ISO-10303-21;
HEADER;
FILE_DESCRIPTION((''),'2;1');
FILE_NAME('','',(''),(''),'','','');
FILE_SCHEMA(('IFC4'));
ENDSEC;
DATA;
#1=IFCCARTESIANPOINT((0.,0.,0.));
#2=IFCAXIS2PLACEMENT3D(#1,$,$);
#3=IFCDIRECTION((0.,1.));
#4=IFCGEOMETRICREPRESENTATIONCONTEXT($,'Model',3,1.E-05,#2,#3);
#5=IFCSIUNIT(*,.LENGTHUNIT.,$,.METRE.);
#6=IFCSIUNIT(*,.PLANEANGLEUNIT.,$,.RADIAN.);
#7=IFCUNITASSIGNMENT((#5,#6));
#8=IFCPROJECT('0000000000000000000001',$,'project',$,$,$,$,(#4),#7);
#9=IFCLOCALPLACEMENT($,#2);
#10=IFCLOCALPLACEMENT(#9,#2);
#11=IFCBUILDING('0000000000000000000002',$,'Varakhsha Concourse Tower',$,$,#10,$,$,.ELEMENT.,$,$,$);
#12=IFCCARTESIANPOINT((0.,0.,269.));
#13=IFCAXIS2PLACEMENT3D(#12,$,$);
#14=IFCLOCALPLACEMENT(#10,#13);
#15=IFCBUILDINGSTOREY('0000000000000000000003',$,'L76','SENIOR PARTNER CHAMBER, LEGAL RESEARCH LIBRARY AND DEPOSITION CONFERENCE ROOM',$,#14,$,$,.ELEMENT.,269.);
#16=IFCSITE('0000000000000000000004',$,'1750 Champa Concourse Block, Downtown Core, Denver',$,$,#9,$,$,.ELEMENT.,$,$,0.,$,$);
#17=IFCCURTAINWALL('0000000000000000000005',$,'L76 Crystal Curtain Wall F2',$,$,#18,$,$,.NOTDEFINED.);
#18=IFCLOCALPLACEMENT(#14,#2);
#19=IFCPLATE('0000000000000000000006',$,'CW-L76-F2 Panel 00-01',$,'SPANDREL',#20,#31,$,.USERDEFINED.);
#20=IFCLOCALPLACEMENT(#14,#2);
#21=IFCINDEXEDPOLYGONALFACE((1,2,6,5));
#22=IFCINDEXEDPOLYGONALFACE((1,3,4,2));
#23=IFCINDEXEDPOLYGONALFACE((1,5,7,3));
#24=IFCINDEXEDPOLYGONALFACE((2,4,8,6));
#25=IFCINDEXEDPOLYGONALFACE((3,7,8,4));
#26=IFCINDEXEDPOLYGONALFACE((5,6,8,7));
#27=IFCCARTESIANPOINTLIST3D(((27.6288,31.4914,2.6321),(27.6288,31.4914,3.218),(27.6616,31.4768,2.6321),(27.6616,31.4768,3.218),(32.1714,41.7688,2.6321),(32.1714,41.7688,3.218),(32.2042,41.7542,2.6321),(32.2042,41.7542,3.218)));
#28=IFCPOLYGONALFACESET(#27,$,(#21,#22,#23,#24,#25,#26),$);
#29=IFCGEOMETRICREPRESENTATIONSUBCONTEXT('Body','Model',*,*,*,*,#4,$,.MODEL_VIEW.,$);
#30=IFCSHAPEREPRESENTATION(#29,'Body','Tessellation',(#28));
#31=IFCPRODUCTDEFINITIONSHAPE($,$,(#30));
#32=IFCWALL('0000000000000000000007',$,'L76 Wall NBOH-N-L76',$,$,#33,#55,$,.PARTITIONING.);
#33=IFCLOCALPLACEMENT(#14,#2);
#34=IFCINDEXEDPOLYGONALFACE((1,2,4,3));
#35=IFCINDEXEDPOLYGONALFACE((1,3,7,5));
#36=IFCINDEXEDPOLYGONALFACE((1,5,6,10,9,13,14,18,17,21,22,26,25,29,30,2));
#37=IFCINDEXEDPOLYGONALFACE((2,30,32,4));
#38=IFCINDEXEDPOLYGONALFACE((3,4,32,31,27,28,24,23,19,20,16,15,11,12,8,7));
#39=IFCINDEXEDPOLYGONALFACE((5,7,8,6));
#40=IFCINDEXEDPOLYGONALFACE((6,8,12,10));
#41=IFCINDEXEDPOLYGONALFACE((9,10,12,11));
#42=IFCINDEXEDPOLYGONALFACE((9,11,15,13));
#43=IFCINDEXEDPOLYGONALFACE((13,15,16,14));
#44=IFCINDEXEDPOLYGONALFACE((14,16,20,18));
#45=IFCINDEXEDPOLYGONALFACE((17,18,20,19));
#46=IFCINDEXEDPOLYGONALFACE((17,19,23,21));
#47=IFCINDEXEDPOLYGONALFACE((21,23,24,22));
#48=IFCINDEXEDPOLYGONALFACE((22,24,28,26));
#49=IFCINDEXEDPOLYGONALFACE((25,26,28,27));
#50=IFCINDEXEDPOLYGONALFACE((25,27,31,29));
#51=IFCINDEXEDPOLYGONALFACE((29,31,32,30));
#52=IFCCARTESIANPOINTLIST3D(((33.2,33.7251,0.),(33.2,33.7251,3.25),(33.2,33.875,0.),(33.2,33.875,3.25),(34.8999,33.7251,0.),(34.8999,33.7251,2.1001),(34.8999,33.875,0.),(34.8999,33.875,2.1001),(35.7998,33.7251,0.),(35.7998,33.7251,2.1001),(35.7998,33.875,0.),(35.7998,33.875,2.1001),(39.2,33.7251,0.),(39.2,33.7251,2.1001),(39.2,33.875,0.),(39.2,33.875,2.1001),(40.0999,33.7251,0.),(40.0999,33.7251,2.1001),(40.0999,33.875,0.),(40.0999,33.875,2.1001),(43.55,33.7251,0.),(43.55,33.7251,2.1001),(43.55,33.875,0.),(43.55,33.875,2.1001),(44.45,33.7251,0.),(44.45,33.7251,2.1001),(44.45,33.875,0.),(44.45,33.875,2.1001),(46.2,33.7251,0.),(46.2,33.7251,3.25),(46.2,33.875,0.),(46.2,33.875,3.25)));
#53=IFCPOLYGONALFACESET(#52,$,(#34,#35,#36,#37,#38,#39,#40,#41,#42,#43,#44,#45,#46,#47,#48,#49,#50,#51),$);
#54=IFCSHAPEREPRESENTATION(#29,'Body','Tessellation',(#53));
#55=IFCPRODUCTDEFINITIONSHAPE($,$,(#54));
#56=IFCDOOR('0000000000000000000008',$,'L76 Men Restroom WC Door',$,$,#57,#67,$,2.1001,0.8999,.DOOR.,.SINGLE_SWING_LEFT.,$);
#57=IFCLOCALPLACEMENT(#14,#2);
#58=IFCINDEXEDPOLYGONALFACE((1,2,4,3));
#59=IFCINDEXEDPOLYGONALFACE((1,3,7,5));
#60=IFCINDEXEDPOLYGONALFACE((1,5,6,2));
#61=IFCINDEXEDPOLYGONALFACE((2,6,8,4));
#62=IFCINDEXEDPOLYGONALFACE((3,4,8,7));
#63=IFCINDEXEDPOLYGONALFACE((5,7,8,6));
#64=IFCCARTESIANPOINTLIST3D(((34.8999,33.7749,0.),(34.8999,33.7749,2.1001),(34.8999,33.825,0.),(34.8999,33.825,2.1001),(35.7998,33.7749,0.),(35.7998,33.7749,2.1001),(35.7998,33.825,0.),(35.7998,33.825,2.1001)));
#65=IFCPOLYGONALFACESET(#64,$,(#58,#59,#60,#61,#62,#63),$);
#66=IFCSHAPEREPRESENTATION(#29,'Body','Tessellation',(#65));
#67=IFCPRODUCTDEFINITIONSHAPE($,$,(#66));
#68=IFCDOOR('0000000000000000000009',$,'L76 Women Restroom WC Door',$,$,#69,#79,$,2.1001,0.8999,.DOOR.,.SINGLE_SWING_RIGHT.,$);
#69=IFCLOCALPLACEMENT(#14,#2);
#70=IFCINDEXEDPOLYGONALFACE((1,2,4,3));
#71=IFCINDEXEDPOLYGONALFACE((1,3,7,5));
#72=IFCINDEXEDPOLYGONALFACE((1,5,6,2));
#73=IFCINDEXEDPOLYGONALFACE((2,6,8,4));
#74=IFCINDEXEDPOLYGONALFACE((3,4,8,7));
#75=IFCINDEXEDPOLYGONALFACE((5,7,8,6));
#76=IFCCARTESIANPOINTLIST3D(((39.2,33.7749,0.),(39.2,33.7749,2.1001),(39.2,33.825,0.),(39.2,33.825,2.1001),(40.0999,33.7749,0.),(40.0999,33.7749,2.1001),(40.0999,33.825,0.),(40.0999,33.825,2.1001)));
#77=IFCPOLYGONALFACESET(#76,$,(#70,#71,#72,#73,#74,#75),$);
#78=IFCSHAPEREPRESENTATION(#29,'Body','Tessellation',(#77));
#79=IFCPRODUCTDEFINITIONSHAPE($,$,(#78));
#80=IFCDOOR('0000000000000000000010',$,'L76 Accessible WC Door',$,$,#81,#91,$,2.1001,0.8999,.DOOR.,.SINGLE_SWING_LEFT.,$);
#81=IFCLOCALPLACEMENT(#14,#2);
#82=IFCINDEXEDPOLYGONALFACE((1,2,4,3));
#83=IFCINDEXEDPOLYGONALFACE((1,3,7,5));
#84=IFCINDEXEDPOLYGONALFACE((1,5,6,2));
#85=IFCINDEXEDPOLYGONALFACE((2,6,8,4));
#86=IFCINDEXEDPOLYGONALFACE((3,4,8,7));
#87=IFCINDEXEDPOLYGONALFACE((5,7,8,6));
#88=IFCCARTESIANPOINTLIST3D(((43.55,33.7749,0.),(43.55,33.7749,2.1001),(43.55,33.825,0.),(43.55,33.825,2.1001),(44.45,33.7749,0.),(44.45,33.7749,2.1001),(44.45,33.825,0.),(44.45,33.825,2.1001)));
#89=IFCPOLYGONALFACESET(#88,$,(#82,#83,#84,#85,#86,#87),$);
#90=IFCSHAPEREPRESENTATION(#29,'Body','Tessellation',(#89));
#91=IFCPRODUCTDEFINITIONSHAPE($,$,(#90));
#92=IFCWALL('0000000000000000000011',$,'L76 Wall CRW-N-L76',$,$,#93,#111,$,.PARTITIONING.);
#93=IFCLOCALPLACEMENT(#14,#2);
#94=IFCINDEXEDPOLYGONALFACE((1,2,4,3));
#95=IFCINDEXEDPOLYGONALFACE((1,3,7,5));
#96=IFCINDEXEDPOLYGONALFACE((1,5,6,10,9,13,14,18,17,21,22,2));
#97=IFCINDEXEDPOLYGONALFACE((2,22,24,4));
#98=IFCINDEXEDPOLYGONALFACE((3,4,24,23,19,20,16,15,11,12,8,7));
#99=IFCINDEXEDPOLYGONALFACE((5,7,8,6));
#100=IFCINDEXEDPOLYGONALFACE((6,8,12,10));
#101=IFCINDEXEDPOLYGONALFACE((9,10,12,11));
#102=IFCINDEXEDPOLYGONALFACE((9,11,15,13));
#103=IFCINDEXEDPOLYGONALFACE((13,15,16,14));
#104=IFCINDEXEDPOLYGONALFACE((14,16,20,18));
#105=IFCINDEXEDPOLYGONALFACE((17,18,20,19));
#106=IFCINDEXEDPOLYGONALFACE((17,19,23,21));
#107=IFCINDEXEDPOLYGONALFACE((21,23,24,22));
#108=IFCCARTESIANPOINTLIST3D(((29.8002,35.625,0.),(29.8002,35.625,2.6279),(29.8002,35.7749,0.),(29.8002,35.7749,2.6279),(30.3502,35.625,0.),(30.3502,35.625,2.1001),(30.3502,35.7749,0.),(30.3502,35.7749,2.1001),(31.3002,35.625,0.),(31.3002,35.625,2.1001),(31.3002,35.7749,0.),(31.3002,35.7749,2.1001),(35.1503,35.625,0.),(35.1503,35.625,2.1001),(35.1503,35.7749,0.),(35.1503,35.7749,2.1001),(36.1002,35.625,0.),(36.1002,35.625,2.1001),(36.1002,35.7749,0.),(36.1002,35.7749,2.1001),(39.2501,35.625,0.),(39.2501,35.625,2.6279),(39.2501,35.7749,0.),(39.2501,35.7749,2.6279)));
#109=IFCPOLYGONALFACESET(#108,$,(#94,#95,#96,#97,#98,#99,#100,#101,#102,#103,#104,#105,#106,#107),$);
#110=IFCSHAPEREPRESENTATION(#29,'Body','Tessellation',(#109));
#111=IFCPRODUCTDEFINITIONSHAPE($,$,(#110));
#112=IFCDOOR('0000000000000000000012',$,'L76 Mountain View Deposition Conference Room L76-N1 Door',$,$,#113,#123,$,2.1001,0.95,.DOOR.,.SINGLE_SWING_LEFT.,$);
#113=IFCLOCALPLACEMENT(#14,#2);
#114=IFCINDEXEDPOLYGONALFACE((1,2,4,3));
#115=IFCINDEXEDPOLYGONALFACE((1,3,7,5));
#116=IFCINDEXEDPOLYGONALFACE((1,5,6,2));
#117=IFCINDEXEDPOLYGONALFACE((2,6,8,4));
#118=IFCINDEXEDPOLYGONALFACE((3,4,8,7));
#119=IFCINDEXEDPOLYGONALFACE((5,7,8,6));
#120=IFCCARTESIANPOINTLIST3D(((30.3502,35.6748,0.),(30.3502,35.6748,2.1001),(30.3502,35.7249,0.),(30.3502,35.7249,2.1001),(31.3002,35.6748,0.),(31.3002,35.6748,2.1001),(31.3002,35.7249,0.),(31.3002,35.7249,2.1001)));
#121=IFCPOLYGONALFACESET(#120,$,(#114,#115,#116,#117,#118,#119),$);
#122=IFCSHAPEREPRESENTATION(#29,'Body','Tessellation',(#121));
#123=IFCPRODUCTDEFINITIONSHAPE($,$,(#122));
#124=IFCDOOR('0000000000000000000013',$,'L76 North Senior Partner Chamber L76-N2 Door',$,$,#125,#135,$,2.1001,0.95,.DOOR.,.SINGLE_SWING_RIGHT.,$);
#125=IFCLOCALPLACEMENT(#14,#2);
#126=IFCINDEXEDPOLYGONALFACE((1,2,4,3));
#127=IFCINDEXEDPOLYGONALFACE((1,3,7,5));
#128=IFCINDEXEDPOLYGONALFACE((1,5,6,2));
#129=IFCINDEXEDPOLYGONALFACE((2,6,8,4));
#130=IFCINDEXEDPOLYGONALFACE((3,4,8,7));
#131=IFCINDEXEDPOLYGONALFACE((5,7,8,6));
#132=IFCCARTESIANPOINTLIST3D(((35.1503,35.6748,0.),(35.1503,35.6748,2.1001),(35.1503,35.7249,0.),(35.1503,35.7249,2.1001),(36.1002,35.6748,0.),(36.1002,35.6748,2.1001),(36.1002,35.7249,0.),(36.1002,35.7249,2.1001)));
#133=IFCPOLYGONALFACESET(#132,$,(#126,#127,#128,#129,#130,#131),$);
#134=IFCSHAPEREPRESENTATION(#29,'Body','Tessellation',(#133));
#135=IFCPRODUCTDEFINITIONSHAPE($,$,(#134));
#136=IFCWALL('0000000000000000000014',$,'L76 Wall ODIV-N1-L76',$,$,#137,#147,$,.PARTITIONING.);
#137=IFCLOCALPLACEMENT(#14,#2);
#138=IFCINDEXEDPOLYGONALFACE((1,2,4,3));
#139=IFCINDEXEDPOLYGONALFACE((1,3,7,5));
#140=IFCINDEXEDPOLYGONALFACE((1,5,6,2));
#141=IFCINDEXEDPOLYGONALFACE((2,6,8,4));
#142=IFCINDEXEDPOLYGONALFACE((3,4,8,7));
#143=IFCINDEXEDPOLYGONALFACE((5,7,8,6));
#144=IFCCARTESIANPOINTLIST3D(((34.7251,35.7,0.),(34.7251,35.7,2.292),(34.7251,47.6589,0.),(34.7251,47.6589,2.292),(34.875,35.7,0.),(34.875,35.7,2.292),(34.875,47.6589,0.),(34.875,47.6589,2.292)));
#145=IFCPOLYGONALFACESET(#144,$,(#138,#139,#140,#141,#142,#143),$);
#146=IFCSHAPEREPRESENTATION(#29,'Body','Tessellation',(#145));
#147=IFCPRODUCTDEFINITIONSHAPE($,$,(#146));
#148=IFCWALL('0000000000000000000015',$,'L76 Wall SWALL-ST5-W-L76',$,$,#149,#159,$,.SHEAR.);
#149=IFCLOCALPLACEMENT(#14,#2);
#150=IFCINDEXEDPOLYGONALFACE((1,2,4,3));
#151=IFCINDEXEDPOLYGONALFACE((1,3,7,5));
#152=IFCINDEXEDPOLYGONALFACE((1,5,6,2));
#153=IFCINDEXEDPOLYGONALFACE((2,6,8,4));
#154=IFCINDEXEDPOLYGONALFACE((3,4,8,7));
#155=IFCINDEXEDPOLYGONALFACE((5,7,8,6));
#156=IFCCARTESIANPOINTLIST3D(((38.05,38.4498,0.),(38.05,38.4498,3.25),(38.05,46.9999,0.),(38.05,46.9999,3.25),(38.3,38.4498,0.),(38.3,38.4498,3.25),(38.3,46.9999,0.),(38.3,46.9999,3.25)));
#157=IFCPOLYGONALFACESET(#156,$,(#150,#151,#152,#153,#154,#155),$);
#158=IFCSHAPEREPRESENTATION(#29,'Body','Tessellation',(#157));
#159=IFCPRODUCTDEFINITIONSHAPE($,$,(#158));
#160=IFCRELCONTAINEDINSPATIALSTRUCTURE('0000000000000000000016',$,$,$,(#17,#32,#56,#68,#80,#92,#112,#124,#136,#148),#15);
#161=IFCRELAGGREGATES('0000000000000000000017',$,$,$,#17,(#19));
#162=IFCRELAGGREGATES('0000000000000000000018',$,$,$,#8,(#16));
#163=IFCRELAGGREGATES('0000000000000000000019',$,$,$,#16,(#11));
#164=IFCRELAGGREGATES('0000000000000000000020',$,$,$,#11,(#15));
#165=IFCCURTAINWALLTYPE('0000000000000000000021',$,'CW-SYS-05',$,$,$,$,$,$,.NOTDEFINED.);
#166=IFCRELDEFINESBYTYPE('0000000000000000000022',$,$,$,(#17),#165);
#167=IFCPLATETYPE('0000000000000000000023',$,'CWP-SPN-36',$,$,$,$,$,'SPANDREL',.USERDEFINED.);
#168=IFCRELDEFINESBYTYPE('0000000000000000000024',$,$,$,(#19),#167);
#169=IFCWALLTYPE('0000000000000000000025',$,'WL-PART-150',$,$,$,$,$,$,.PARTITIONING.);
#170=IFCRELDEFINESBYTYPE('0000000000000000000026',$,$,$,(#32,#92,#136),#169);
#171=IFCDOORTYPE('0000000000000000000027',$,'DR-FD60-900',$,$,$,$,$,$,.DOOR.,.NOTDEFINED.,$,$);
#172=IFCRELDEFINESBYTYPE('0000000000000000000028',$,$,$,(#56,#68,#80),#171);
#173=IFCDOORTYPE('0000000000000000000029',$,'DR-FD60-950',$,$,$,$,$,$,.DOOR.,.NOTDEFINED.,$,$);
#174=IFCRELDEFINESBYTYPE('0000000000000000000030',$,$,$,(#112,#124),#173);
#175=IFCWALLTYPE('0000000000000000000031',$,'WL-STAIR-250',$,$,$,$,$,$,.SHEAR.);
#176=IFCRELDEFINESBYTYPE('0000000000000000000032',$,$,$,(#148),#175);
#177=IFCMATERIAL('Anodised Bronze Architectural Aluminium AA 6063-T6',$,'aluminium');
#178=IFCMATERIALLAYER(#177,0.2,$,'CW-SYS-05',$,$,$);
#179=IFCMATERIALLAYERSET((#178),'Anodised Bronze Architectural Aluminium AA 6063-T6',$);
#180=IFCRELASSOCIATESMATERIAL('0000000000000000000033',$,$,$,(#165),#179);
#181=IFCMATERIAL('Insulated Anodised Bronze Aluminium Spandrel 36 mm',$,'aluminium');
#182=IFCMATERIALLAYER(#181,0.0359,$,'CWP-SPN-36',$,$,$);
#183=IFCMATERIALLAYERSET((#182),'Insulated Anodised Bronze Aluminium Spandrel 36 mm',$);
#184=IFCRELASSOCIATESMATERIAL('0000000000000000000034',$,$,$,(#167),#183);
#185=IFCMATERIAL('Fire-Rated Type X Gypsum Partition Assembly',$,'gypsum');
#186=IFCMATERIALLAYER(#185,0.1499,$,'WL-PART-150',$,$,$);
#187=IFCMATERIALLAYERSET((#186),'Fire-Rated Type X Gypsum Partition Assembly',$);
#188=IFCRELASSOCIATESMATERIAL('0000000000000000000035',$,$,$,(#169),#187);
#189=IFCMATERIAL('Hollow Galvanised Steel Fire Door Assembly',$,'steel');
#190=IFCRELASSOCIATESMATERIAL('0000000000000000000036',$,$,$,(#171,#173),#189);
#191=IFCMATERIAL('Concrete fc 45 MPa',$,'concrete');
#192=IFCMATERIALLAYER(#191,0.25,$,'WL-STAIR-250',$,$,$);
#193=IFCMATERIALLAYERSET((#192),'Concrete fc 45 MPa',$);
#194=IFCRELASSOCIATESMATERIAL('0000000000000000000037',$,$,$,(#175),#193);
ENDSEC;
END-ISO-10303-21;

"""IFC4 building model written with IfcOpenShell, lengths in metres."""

from ifc_helpers import new_model, si_unit, direction, frame, frame_2d, origin, origin_2d, place, context, subcontext, project, spatial, rectangle, extrude, source, transform, mapped, material, layer, layer_set, type_object, type_shapes, element, fill, aggregate, save


model = new_model("IFC4")

# Units and contexts
model_context = context("Model", 3, precision=1e-05, world=origin(), true_north=direction((0.0, 1.0)))
body_context = subcontext(model_context, "Body", "Model", "MODEL_VIEW")
ifc_project = project(units=[si_unit("LENGTHUNIT", "METRE"), si_unit("PLANEANGLEUNIT", "RADIAN")], contexts=[model_context])

# Site, building, storey
site_placement = place(None, origin())
site = spatial("IfcSite", under=ifc_project, at=site_placement, Name="1750 Champa Concourse Block, Downtown Core, Denver", CompositionType="ELEMENT", RefElevation=0.0)
building_placement = place(site_placement, origin())
building = spatial("IfcBuilding", under=site, at=building_placement, Name="Varakhsha Concourse Tower", CompositionType="ELEMENT")
storey_placement = place(building_placement, frame((0.0, 0.0, 269.0)))
storey = spatial("IfcBuildingStorey", under=building, at=storey_placement, Name="L76", Description="SENIOR PARTNER CHAMBER, LEGAL RESEARCH LIBRARY AND DEPOSITION CONFERENCE ROOM", CompositionType="ELEMENT", Elevation=269.0)

# Curtain wall
ifc_material_1 = material(Name="Anodised Bronze Architectural Aluminium AA 6063-T6", Category="aluminium")
ifc_layer_1 = layer(ifc_material_1, 0.2, Name="CW-SYS-05")
ifc_layer_set_1 = layer_set([ifc_layer_1], Name="Anodised Bronze Architectural Aluminium AA 6063-T6")
curtain_wall_type = type_object("IfcCurtainWallType", Name="CW-SYS-05", PredefinedType="NOTDEFINED", material=ifc_layer_set_1)
curtain_wall_1_placement = place(storey_placement, origin())
curtain_wall_1 = element("IfcCurtainWall", 1, at=curtain_wall_1_placement, inside=storey, type_object=curtain_wall_type, Name="L76 Crystal Curtain Wall F2", PredefinedType="NOTDEFINED")

# Plate
ifc_material_2 = material(Name="Insulated Anodised Bronze Aluminium Spandrel 36 mm", Category="aluminium")
ifc_layer_2 = layer(ifc_material_2, 0.0359, Name="CWP-SPN-36")
ifc_layer_set_2 = layer_set([ifc_layer_2], Name="Insulated Anodised Bronze Aluminium Spandrel 36 mm")
plate_type_1 = type_object("IfcPlateType", Name="CWP-SPN-36", ElementType="SPANDREL", PredefinedType="USERDEFINED", material=ifc_layer_set_2)
shared_shape_1 = source(origin(), body_context, "Body", "SweptSolid", [
    extrude(rectangle(XDim=11.2366, YDim=0.0359, at=origin_2d()), origin(), (0.0, 0.0, 1.0), 0.5859),
])
type_shapes(plate_type_1, [shared_shape_1])
plate_1_placement = place(storey_placement, frame((29.9165, 36.6228, 2.6321), z_axis=(0.0, 0.0, 1.0), x_axis=(0.404273, 0.914638, 0.0)))
plate_1 = element("IfcPlate", 2, at=plate_1_placement, type_object=plate_type_1, Name="CW-L76-F2 Panel 00-01", ObjectType="SPANDREL", PredefinedType="USERDEFINED", context=body_context, shape_type="MappedRepresentation", body=[
    mapped(shared_shape_1, transform((0.0, 0.0, 0.0), scale=1.0)),
])
aggregate(curtain_wall_1, [plate_1])

# Walls, openings, doors
ifc_material_3 = material(Name="Fire-Rated Type X Gypsum Partition Assembly", Category="gypsum")
ifc_layer_3 = layer(ifc_material_3, 0.1499, Name="WL-PART-150")
ifc_layer_set_3 = layer_set([ifc_layer_3], Name="Fire-Rated Type X Gypsum Partition Assembly")
wall_type_1 = type_object("IfcWallType", Name="WL-PART-150", PredefinedType="PARTITIONING", material=ifc_layer_set_3)
wall_1_placement = place(storey_placement, frame((33.2, 33.8, 0.0), z_axis=(0.0, 0.0, 1.0), x_axis=(1.0, 0.0, 0.0)))
wall_1 = element("IfcWall", 3, at=wall_1_placement, inside=storey, type_object=wall_type_1, Name="L76 Wall NBOH-N-L76", PredefinedType="PARTITIONING", context=body_context, shape_type="SweptSolid", body=[
    extrude(rectangle(XDim=13.0, YDim=0.1499, at=frame_2d((6.5, 0.0))), origin(), (0.0, 0.0, 1.0), 3.25),
])
opening_1_placement = place(wall_1_placement, frame((1.7, 0.0, 0.0)))
opening_1 = element("IfcOpeningElement", 4, at=opening_1_placement, cuts=wall_1, PredefinedType="OPENING", context=body_context, shape_type="SweptSolid", body=[
    extrude(rectangle(XDim=0.8999, YDim=2.1001, at=frame_2d((0.45, 1.05))), frame((0.0, 0.085, 0.0), z_axis=(0.0, -1.0, 0.0), x_axis=(1.0, 0.0, 0.0)), (0.0, 0.0, 1.0), 0.1699),
])
opening_2_placement = place(wall_1_placement, frame((6.0, 0.0, 0.0)))
opening_2 = element("IfcOpeningElement", 5, at=opening_2_placement, cuts=wall_1, PredefinedType="OPENING", context=body_context, shape_type="SweptSolid", body=[
    extrude(rectangle(XDim=0.8999, YDim=2.1001, at=frame_2d((0.45, 1.05))), frame((0.0, 0.085, 0.0), z_axis=(0.0, -1.0, 0.0), x_axis=(1.0, 0.0, 0.0)), (0.0, 0.0, 1.0), 0.1699),
])
opening_3_placement = place(wall_1_placement, frame((10.3501, 0.0, 0.0)))
opening_3 = element("IfcOpeningElement", 6, at=opening_3_placement, cuts=wall_1, PredefinedType="OPENING", context=body_context, shape_type="SweptSolid", body=[
    extrude(rectangle(XDim=0.8999, YDim=2.1001, at=frame_2d((0.45, 1.05))), frame((0.0, 0.085, 0.0), z_axis=(0.0, -1.0, 0.0), x_axis=(1.0, 0.0, 0.0)), (0.0, 0.0, 1.0), 0.1699),
])
ifc_material_4 = material(Name="Hollow Galvanised Steel Fire Door Assembly", Category="steel")
door_type_1 = type_object("IfcDoorType", Name="DR-FD60-900", OperationType="NOTDEFINED", PredefinedType="DOOR", material=ifc_material_4)
door_1_placement = place(opening_1_placement, origin())
door_1 = element("IfcDoor", 7, at=door_1_placement, inside=storey, type_object=door_type_1, Name="L76 Men Restroom WC Door", OperationType="SINGLE_SWING_LEFT", OverallHeight=2.1001, OverallWidth=0.8999, PredefinedType="DOOR", context=body_context, shape_type="SweptSolid", body=[
    extrude(rectangle(XDim=0.8999, YDim=2.1001, at=frame_2d((0.45, 1.05))), frame((0.0, 0.0249, 0.0), z_axis=(0.0, -1.0, 0.0), x_axis=(1.0, 0.0, 0.0)), (0.0, 0.0, 1.0), 0.05),
])
fill(opening_1, door_1)
door_2_placement = place(opening_2_placement, origin())
door_2 = element("IfcDoor", 8, at=door_2_placement, inside=storey, type_object=door_type_1, Name="L76 Women Restroom WC Door", OperationType="SINGLE_SWING_RIGHT", OverallHeight=2.1001, OverallWidth=0.8999, PredefinedType="DOOR", context=body_context, shape_type="SweptSolid", body=[
    extrude(rectangle(XDim=0.8999, YDim=2.1001, at=frame_2d((0.45, 1.05))), frame((0.0, 0.0249, 0.0), z_axis=(0.0, -1.0, 0.0), x_axis=(1.0, 0.0, 0.0)), (0.0, 0.0, 1.0), 0.05),
])
fill(opening_2, door_2)
door_3_placement = place(opening_3_placement, origin())
door_3 = element("IfcDoor", 9, at=door_3_placement, inside=storey, type_object=door_type_1, Name="L76 Accessible WC Door", OperationType="SINGLE_SWING_LEFT", OverallHeight=2.1001, OverallWidth=0.8999, PredefinedType="DOOR", context=body_context, shape_type="SweptSolid", body=[
    extrude(rectangle(XDim=0.8999, YDim=2.1001, at=frame_2d((0.45, 1.05))), frame((0.0, 0.0249, 0.0), z_axis=(0.0, -1.0, 0.0), x_axis=(1.0, 0.0, 0.0)), (0.0, 0.0, 1.0), 0.05),
])
fill(opening_3, door_3)
wall_2_placement = place(storey_placement, frame((29.8, 35.7, 0.0), z_axis=(0.0, 0.0, 1.0), x_axis=(1.0, 0.0, 0.0)))
wall_2 = element("IfcWall", 10, at=wall_2_placement, inside=storey, type_object=wall_type_1, Name="L76 Wall CRW-N-L76", PredefinedType="PARTITIONING", context=body_context, shape_type="SweptSolid", body=[
    extrude(rectangle(XDim=9.45, YDim=0.1499, at=frame_2d((4.7251, 0.0))), origin(), (0.0, 0.0, 1.0), 2.6279),
])
opening_4_placement = place(wall_2_placement, frame((0.55, 0.0, 0.0)))
opening_4 = element("IfcOpeningElement", 11, at=opening_4_placement, cuts=wall_2, PredefinedType="OPENING", context=body_context, shape_type="SweptSolid", body=[
    extrude(rectangle(XDim=0.95, YDim=2.1001, at=frame_2d((0.4751, 1.05))), frame((0.0, 0.085, 0.0), z_axis=(0.0, -1.0, 0.0), x_axis=(1.0, 0.0, 0.0)), (0.0, 0.0, 1.0), 0.1699),
])
opening_5_placement = place(wall_2_placement, frame((5.3501, 0.0, 0.0)))
opening_5 = element("IfcOpeningElement", 12, at=opening_5_placement, cuts=wall_2, PredefinedType="OPENING", context=body_context, shape_type="SweptSolid", body=[
    extrude(rectangle(XDim=0.95, YDim=2.1001, at=frame_2d((0.4751, 1.05))), frame((0.0, 0.085, 0.0), z_axis=(0.0, -1.0, 0.0), x_axis=(1.0, 0.0, 0.0)), (0.0, 0.0, 1.0), 0.1699),
])
door_type_2 = type_object("IfcDoorType", Name="DR-FD60-950", OperationType="NOTDEFINED", PredefinedType="DOOR", material=ifc_material_4)
door_4_placement = place(opening_4_placement, origin())
door_4 = element("IfcDoor", 13, at=door_4_placement, inside=storey, type_object=door_type_2, Name="L76 Mountain View Deposition Conference Room L76-N1 Door", OperationType="SINGLE_SWING_LEFT", OverallHeight=2.1001, OverallWidth=0.95, PredefinedType="DOOR", context=body_context, shape_type="SweptSolid", body=[
    extrude(rectangle(XDim=0.95, YDim=2.1001, at=frame_2d((0.4751, 1.05))), frame((0.0, 0.0249, 0.0), z_axis=(0.0, -1.0, 0.0), x_axis=(1.0, 0.0, 0.0)), (0.0, 0.0, 1.0), 0.05),
])
fill(opening_4, door_4)
door_5_placement = place(opening_5_placement, origin())
door_5 = element("IfcDoor", 14, at=door_5_placement, inside=storey, type_object=door_type_2, Name="L76 North Senior Partner Chamber L76-N2 Door", OperationType="SINGLE_SWING_RIGHT", OverallHeight=2.1001, OverallWidth=0.95, PredefinedType="DOOR", context=body_context, shape_type="SweptSolid", body=[
    extrude(rectangle(XDim=0.95, YDim=2.1001, at=frame_2d((0.4751, 1.05))), frame((0.0, 0.0249, 0.0), z_axis=(0.0, -1.0, 0.0), x_axis=(1.0, 0.0, 0.0)), (0.0, 0.0, 1.0), 0.05),
])
fill(opening_5, door_5)

# Walls
wall_3_placement = place(storey_placement, frame((34.8, 35.7, 0.0), z_axis=(0.0, 0.0, 1.0), x_axis=(0.0, 1.0, 0.0)))
element("IfcWall", 15, at=wall_3_placement, inside=storey, type_object=wall_type_1, Name="L76 Wall ODIV-N1-L76", PredefinedType="PARTITIONING", context=body_context, shape_type="SweptSolid", body=[
    extrude(rectangle(XDim=11.959, YDim=0.1499, at=frame_2d((5.9795, 0.0))), origin(), (0.0, 0.0, 1.0), 2.292),
])
ifc_material_5 = material(Name="Concrete fc 45 MPa", Category="concrete")
ifc_layer_4 = layer(ifc_material_5, 0.25, Name="WL-STAIR-250")
ifc_layer_set_4 = layer_set([ifc_layer_4], Name="Concrete fc 45 MPa")
wall_type_2 = type_object("IfcWallType", Name="WL-STAIR-250", PredefinedType="SHEAR", material=ifc_layer_set_4)
wall_4_placement = place(storey_placement, frame((38.175, 38.45, 0.0), z_axis=(0.0, 0.0, 1.0), x_axis=(0.0, 1.0, 0.0)))
element("IfcWall", 16, at=wall_4_placement, inside=storey, type_object=wall_type_2, Name="L76 Wall SWALL-ST5-W-L76", PredefinedType="SHEAR", context=body_context, shape_type="SweptSolid", body=[
    extrude(rectangle(XDim=8.55, YDim=0.25, at=frame_2d((4.2749, 0.0))), origin(), (0.0, 0.0, 1.0), 3.25),
])

save(model, "model.ifc")
